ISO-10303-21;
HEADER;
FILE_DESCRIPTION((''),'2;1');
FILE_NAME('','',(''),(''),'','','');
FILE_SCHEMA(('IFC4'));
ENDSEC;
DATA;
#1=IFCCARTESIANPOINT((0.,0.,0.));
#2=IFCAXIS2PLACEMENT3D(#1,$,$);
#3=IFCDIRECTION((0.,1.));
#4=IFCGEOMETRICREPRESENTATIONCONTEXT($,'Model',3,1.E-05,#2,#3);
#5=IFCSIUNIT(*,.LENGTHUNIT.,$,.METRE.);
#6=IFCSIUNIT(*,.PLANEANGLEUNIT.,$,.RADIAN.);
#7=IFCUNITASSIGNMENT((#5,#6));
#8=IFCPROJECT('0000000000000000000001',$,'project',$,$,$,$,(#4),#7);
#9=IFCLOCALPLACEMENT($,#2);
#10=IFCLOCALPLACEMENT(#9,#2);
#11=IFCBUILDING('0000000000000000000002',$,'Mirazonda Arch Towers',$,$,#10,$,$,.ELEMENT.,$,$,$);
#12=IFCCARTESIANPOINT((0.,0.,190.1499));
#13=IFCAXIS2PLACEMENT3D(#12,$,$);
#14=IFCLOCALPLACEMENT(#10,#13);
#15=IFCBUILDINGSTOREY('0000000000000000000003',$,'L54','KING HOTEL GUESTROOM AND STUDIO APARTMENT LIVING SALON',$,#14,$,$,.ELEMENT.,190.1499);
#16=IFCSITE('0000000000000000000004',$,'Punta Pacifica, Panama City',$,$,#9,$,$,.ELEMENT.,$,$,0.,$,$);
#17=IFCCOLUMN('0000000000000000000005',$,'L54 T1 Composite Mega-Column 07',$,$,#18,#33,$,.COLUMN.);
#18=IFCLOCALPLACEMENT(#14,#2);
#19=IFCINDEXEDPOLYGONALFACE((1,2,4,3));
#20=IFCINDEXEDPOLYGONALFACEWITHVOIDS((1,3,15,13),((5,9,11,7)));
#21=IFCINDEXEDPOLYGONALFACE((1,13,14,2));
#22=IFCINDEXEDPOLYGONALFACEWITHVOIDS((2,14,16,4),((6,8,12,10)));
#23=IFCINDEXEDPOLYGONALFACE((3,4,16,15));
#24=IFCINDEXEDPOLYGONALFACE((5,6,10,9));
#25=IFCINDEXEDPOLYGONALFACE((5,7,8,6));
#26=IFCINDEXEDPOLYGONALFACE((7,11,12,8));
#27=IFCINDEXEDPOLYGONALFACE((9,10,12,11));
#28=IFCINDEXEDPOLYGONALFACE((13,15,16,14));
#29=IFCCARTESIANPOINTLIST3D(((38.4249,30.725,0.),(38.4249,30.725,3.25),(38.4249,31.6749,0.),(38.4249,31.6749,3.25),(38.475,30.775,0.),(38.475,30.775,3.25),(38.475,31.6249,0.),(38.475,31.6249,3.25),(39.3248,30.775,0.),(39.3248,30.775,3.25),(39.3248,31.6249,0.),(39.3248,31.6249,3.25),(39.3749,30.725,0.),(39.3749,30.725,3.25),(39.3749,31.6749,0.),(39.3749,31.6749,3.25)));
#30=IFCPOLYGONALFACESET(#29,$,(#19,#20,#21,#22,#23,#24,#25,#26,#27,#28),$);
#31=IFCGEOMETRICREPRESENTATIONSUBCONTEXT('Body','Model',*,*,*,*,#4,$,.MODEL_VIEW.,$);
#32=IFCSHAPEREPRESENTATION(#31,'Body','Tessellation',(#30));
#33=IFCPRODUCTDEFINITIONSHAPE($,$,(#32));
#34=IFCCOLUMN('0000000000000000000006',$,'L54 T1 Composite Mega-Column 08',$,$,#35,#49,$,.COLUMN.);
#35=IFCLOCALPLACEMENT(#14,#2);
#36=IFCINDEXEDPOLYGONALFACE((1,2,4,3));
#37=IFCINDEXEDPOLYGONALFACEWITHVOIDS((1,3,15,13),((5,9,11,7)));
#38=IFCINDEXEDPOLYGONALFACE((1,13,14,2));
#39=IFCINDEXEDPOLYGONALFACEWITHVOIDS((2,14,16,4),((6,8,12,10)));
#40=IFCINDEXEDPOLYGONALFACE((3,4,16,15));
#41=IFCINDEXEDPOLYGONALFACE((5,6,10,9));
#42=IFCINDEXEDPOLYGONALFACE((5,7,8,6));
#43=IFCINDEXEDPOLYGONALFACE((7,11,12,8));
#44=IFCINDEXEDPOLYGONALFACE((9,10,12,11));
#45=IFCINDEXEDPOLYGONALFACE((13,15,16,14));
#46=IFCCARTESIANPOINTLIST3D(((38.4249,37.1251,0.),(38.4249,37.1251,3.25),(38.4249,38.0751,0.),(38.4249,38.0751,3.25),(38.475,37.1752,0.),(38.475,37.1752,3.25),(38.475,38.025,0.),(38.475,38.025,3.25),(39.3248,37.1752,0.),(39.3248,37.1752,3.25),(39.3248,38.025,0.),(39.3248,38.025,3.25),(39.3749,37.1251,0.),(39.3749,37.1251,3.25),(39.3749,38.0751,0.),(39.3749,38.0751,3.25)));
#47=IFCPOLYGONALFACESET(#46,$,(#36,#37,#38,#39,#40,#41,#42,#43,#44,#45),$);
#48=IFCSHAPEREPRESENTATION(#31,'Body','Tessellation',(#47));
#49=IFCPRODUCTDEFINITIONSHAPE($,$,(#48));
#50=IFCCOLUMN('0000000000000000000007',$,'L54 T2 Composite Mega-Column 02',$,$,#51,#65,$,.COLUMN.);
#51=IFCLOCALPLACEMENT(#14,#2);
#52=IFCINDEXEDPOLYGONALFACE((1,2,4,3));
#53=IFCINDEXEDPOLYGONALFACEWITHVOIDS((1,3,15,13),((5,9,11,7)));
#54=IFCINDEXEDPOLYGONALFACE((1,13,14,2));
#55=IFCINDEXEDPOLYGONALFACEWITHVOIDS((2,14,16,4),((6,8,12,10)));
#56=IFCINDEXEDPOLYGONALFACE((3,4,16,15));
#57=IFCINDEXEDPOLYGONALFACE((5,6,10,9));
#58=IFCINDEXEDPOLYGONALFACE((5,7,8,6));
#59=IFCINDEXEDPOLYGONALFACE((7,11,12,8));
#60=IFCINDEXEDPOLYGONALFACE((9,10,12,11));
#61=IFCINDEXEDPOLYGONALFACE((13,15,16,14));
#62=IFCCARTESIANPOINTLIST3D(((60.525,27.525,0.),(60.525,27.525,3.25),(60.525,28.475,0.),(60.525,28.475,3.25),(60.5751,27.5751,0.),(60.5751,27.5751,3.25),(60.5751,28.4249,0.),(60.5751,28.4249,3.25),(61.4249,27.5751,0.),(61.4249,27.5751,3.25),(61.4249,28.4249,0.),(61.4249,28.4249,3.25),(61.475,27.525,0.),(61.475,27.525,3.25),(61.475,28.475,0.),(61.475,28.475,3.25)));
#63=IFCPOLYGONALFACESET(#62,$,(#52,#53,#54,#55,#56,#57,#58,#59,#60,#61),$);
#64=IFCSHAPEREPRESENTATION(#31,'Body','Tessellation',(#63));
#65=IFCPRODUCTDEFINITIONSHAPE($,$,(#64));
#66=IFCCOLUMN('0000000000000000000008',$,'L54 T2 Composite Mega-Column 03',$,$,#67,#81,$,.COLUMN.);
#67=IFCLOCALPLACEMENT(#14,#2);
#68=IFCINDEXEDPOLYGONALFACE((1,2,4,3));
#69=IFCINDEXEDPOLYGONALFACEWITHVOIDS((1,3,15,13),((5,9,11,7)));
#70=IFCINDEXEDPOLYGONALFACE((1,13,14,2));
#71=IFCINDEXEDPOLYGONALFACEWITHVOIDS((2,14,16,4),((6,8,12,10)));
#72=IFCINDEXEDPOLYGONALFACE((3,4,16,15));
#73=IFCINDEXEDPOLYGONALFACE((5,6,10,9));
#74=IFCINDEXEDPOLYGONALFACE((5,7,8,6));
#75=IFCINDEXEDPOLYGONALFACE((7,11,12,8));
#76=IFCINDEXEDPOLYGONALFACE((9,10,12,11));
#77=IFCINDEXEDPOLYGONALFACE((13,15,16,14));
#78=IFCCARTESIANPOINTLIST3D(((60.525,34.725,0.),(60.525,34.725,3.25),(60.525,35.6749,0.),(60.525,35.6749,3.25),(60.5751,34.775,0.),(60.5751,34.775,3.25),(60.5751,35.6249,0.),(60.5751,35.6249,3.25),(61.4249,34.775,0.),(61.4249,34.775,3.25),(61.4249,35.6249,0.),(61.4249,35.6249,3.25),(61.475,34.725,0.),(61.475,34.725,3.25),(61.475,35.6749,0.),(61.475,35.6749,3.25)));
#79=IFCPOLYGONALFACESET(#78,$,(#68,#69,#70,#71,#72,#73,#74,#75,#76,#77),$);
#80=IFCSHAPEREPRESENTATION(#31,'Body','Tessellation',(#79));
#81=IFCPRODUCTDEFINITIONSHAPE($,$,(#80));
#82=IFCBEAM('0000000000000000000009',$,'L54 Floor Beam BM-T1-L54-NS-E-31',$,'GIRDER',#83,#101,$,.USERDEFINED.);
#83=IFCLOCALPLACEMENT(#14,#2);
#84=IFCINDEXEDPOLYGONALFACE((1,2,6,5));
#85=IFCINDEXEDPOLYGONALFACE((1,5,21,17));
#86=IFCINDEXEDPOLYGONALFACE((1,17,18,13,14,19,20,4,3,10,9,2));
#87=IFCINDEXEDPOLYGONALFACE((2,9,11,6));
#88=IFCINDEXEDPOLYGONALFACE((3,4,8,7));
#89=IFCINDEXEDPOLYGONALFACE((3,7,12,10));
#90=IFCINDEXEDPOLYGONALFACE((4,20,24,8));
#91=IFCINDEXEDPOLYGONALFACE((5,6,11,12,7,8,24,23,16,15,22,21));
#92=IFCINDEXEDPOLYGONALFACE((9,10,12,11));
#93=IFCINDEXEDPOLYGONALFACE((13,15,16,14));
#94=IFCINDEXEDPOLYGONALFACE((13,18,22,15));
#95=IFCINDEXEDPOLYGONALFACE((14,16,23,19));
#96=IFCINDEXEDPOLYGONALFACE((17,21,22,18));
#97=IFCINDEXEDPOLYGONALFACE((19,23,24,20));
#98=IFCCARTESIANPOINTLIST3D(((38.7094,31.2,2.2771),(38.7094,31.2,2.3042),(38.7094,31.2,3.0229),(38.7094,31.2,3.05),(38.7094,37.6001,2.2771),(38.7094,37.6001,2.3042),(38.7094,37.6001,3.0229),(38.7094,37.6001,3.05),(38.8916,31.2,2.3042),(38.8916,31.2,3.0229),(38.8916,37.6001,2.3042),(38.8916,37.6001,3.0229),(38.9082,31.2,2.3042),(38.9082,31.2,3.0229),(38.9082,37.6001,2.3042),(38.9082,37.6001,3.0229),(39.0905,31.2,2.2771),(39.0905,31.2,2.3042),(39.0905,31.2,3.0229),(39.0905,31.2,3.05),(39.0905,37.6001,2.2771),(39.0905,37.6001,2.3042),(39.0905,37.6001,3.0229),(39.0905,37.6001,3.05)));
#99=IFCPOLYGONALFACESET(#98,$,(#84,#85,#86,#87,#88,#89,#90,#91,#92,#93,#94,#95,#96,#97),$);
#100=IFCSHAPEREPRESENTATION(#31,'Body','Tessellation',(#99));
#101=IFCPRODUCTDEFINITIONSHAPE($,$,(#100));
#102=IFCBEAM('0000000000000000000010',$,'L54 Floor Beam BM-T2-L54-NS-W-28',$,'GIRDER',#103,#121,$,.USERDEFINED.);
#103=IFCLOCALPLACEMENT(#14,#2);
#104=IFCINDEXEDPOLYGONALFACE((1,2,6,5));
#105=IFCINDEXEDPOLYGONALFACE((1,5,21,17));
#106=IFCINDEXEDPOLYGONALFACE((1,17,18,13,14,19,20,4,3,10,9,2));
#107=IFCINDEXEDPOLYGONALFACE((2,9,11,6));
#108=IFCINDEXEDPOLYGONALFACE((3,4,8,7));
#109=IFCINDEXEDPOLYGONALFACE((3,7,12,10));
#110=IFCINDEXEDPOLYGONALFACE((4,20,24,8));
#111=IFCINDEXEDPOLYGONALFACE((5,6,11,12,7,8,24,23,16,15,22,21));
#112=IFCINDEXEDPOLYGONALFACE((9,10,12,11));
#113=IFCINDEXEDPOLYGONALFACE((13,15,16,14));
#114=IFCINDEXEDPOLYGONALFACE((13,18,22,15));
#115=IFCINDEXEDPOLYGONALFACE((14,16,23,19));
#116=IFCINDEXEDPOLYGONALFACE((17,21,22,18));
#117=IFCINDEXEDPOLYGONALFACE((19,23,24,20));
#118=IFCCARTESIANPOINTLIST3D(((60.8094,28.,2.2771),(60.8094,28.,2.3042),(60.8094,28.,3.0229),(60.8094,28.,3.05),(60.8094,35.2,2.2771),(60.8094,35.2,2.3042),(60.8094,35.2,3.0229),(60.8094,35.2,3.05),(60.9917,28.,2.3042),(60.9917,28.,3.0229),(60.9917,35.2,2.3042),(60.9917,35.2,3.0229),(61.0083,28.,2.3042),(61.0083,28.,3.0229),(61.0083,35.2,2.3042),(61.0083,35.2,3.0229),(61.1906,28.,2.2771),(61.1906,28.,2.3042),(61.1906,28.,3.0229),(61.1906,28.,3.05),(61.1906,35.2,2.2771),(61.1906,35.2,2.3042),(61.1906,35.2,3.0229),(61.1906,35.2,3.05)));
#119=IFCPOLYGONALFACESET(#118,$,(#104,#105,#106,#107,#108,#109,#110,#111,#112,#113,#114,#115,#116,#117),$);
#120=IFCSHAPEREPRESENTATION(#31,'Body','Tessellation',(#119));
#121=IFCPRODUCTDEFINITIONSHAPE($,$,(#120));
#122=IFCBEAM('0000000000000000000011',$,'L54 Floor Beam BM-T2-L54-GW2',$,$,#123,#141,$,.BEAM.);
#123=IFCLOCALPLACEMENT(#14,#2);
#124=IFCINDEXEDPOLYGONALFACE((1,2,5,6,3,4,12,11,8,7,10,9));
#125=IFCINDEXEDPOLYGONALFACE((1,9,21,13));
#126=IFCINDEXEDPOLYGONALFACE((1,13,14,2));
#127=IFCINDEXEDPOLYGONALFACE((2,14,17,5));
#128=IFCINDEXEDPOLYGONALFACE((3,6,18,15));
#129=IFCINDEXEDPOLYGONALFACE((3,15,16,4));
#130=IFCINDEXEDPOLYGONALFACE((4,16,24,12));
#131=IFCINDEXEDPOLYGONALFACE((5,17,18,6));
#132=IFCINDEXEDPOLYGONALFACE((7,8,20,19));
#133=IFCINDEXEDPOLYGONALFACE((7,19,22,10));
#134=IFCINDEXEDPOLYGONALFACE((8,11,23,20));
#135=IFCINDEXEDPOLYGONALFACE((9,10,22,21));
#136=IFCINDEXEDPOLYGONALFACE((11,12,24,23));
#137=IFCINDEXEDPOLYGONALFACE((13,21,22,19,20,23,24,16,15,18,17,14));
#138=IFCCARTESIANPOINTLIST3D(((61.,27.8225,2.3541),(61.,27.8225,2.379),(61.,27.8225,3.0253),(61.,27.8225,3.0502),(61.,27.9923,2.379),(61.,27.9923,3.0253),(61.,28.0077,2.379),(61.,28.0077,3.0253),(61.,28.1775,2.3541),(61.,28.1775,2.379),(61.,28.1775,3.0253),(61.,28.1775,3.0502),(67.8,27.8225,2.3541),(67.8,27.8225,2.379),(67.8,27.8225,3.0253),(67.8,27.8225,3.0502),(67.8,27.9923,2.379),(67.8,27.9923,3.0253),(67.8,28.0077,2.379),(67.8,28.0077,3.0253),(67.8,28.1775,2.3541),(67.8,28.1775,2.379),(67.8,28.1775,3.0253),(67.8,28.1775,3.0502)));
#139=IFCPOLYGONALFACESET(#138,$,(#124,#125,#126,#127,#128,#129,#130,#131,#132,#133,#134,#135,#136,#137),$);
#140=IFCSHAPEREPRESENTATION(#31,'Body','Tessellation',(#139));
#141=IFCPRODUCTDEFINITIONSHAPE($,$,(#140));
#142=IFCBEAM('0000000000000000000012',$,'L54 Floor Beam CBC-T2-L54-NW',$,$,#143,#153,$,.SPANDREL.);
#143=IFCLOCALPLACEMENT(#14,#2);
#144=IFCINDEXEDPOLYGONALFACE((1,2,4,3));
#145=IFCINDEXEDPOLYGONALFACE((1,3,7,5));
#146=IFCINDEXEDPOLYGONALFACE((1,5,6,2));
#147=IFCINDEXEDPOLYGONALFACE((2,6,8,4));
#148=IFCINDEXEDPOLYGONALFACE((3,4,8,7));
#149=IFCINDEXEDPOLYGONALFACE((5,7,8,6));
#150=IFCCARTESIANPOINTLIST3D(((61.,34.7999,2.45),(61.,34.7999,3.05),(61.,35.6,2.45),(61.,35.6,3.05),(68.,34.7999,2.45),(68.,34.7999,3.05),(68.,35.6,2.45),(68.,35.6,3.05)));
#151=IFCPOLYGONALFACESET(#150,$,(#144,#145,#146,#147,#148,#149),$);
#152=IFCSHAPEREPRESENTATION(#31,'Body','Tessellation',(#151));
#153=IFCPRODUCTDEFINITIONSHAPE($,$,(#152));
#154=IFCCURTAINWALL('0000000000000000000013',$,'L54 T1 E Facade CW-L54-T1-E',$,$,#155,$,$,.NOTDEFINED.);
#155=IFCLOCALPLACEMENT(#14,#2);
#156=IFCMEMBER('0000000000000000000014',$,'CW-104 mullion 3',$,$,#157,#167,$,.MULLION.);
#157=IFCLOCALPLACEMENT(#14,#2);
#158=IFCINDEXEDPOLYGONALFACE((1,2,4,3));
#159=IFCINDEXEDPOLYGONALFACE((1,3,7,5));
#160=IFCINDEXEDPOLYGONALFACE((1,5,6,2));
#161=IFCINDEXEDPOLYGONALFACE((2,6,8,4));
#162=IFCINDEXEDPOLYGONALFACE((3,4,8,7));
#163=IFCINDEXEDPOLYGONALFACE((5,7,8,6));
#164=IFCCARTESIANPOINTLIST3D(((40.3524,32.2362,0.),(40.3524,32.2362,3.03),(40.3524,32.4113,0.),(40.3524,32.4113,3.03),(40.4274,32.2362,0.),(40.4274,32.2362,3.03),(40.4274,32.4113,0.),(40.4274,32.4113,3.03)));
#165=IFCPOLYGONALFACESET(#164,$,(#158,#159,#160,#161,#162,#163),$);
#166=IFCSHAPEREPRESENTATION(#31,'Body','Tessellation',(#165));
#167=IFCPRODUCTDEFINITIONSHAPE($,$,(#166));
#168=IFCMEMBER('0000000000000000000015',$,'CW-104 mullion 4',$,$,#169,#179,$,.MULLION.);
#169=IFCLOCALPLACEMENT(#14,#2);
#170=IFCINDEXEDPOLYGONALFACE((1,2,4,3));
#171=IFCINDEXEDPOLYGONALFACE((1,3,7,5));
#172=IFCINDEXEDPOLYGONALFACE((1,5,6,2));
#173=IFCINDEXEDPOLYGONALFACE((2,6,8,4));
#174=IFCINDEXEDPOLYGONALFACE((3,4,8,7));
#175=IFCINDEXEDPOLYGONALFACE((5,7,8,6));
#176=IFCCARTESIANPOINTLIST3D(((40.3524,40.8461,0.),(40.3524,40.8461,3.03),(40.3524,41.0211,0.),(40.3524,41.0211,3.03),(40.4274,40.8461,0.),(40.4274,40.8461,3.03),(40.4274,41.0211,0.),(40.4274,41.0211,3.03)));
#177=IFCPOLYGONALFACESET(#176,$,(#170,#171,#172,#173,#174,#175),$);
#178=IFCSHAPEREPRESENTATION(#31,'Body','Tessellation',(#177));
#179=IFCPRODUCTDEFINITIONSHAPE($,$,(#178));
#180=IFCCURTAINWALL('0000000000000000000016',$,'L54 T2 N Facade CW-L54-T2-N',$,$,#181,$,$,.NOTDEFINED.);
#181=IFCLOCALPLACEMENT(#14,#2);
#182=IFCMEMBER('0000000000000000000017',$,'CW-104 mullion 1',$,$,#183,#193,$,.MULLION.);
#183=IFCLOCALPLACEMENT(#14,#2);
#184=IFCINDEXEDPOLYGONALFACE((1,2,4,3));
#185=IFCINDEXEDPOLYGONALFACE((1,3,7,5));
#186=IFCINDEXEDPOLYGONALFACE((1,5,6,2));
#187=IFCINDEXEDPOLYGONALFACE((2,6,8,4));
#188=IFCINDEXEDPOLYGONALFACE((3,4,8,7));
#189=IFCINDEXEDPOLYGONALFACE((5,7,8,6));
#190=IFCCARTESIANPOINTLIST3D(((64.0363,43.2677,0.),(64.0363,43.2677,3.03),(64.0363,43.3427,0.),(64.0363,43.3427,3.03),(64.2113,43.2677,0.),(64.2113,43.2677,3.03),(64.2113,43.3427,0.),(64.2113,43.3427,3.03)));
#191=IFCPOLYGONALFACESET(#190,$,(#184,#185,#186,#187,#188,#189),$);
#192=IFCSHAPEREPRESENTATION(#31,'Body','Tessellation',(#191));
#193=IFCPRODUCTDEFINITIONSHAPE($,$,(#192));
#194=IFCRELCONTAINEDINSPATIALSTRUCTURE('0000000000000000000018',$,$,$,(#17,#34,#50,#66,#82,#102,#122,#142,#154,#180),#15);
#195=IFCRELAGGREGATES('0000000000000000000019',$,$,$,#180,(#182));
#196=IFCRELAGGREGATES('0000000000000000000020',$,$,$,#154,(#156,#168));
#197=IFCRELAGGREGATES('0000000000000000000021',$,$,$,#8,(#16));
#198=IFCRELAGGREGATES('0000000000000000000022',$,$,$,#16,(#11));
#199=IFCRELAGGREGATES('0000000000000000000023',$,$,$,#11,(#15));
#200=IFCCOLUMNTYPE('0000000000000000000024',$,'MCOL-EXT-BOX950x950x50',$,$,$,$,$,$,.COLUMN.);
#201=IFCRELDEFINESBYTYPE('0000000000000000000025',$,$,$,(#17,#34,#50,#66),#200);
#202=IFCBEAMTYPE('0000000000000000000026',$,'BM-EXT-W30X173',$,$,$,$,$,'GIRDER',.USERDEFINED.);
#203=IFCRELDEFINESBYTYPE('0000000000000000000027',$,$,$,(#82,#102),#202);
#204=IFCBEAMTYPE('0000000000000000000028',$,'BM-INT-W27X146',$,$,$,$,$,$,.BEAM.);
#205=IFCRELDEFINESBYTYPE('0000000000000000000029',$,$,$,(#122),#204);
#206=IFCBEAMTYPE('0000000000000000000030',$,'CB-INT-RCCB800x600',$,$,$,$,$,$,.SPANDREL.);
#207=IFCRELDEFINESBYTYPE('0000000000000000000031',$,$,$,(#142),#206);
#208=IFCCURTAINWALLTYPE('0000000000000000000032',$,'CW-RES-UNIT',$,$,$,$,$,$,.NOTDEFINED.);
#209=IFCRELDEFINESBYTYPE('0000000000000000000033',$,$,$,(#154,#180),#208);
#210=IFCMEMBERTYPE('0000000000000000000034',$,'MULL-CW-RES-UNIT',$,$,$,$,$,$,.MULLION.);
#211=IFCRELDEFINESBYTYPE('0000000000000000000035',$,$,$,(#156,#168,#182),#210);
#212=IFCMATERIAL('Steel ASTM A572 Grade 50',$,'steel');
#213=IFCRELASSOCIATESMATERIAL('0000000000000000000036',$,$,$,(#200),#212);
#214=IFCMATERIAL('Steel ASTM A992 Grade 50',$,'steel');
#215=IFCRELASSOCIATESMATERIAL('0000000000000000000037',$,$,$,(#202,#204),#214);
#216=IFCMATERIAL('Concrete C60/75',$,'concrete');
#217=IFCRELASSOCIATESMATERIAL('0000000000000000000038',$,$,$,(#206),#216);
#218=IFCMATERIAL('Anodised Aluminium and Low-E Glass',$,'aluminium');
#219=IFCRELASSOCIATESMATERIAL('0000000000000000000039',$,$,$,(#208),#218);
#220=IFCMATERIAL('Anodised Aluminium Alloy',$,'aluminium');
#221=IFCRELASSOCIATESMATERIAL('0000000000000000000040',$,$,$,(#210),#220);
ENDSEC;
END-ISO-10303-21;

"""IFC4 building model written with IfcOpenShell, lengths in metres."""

from ifc_helpers import new_model, si_unit, direction, frame, origin, origin_2d, place, context, subcontext, project, spatial, rectangle, hollow_rectangle, i_section, extrude, material, material_profile, profile_set, type_object, element, aggregate, save


model = new_model("IFC4")

# Units and contexts
model_context = context("Model", 3, precision=1e-05, world=origin(), true_north=direction((0.0, 1.0)))
body_context = subcontext(model_context, "Body", "Model", "MODEL_VIEW")
ifc_project = project(units=[si_unit("LENGTHUNIT", "METRE"), si_unit("PLANEANGLEUNIT", "RADIAN")], contexts=[model_context])

# Site, building, storey
site_placement = place(None, origin())
site = spatial("IfcSite", under=ifc_project, at=site_placement, Name="Punta Pacifica, Panama City", CompositionType="ELEMENT", RefElevation=0.0)
building_placement = place(site_placement, origin())
building = spatial("IfcBuilding", under=site, at=building_placement, Name="Mirazonda Arch Towers", CompositionType="ELEMENT")
storey_placement = place(building_placement, frame((0.0, 0.0, 190.1499)))
storey = spatial("IfcBuildingStorey", under=building, at=storey_placement, Name="L54", Description="KING HOTEL GUESTROOM AND STUDIO APARTMENT LIVING SALON", CompositionType="ELEMENT", Elevation=190.1499)

# Columns
ifc_material_1 = material(Name="Steel ASTM A572 Grade 50", Category="steel")
ifc_material_profile_1 = material_profile(ifc_material_1, hollow_rectangle(XDim=0.95, YDim=0.95, WallThickness=0.05, at=origin_2d()), Name="BOX950x950x50")
ifc_profile_set_1 = profile_set([ifc_material_profile_1], Name="Steel ASTM A572 Grade 50")
column_type = type_object("IfcColumnType", Name="MCOL-EXT-BOX950x950x50", PredefinedType="COLUMN", material=ifc_profile_set_1)
for number, where, z_axis, x_axis, name in (
    (1, (38.8999, 31.2, 0.0), (0.0, 0.0, 1.0), (1.0, 0.0, 0.0), "L54 T1 Composite Mega-Column 07"),
    (2, (38.8999, 37.6001, 0.0), (0.0, 0.0, 1.0), (1.0, 0.0, 0.0), "L54 T1 Composite Mega-Column 08"),
    (3, (61.0, 28.0, 0.0), (0.0, 0.0, 1.0), (1.0, 0.0, 0.0), "L54 T2 Composite Mega-Column 02"),
    (4, (61.0, 35.2, 0.0), (0.0, 0.0, 1.0), (1.0, 0.0, 0.0), "L54 T2 Composite Mega-Column 03"),
):
    element("IfcColumn", number, at=place(storey_placement, frame(where, z_axis=z_axis, x_axis=x_axis)), inside=storey, type_object=column_type, Name=name, PredefinedType="COLUMN", context=body_context, shape_type="SweptSolid", body=[
        extrude(hollow_rectangle(XDim=0.95, YDim=0.95, WallThickness=0.05, at=origin_2d()), origin(), (0.0, 0.0, 1.0), 3.25),
    ])

# Beams
ifc_material_2 = material(Name="Steel ASTM A992 Grade 50", Category="steel")
ifc_material_profile_2 = material_profile(ifc_material_2, i_section(OverallWidth=0.3811, OverallDepth=0.7729, WebThickness=0.0166, FlangeThickness=0.0271, at=origin_2d()), Name="W30X173")
ifc_profile_set_2 = profile_set([ifc_material_profile_2], Name="Steel ASTM A992 Grade 50")
beam_type_1 = type_object("IfcBeamType", Name="BM-EXT-W30X173", ElementType="GIRDER", PredefinedType="USERDEFINED", material=ifc_profile_set_2)
beam_1_placement = place(storey_placement, frame((38.8999, 31.2, 2.6636), z_axis=(0.0, 1.0, 0.0), x_axis=(-1.0, 0.0, 0.0)))
element("IfcBeam", 5, at=beam_1_placement, inside=storey, type_object=beam_type_1, Name="L54 Floor Beam BM-T1-L54-NS-E-31", ObjectType="GIRDER", PredefinedType="USERDEFINED", context=body_context, shape_type="SweptSolid", body=[
    extrude(i_section(OverallWidth=0.3811, OverallDepth=0.7729, WebThickness=0.0166, FlangeThickness=0.0271, at=origin_2d()), origin(), (0.0, 0.0, 1.0), 6.4001),
])
beam_2_placement = place(storey_placement, frame((61.0, 28.0, 2.6636), z_axis=(0.0, 1.0, 0.0), x_axis=(-1.0, 0.0, 0.0)))
element("IfcBeam", 6, at=beam_2_placement, inside=storey, type_object=beam_type_1, Name="L54 Floor Beam BM-T2-L54-NS-W-28", ObjectType="GIRDER", PredefinedType="USERDEFINED", context=body_context, shape_type="SweptSolid", body=[
    extrude(i_section(OverallWidth=0.3811, OverallDepth=0.7729, WebThickness=0.0166, FlangeThickness=0.0271, at=origin_2d()), origin(), (0.0, 0.0, 1.0), 7.2),
])
ifc_material_profile_3 = material_profile(ifc_material_2, i_section(OverallWidth=0.355, OverallDepth=0.696, WebThickness=0.0154, FlangeThickness=0.0249, at=origin_2d()), Name="W27X146")
ifc_profile_set_3 = profile_set([ifc_material_profile_3], Name="Steel ASTM A992 Grade 50")
beam_type_2 = type_object("IfcBeamType", Name="BM-INT-W27X146", PredefinedType="BEAM", material=ifc_profile_set_3)
beam_3_placement = place(storey_placement, frame((61.0, 28.0, 2.7021), z_axis=(1.0, 0.0, 0.0), x_axis=(0.0, 1.0, 0.0)))
element("IfcBeam", 7, at=beam_3_placement, inside=storey, type_object=beam_type_2, Name="L54 Floor Beam BM-T2-L54-GW2", PredefinedType="BEAM", context=body_context, shape_type="SweptSolid", body=[
    extrude(i_section(OverallWidth=0.355, OverallDepth=0.696, WebThickness=0.0154, FlangeThickness=0.0249, at=origin_2d()), origin(), (0.0, 0.0, 1.0), 6.8),
])
ifc_material_3 = material(Name="Concrete C60/75", Category="concrete")
ifc_material_profile_4 = material_profile(ifc_material_3, rectangle(XDim=0.8, YDim=0.6001, at=origin_2d()), Name="RCCB800x600")
ifc_profile_set_4 = profile_set([ifc_material_profile_4], Name="Concrete C60/75")
beam_type_3 = type_object("IfcBeamType", Name="CB-INT-RCCB800x600", PredefinedType="SPANDREL", material=ifc_profile_set_4)
beam_4_placement = place(storey_placement, frame((61.0, 35.2, 2.75), z_axis=(1.0, 0.0, 0.0), x_axis=(0.0, 1.0, 0.0)))
element("IfcBeam", 8, at=beam_4_placement, inside=storey, type_object=beam_type_3, Name="L54 Floor Beam CBC-T2-L54-NW", PredefinedType="SPANDREL", context=body_context, shape_type="SweptSolid", body=[
    extrude(rectangle(XDim=0.8, YDim=0.6001, at=origin_2d()), origin(), (0.0, 0.0, 1.0), 7.0),
])

# Curtain wall, members
ifc_material_4 = material(Name="Anodised Aluminium and Low-E Glass", Category="aluminium")
curtain_wall_type = type_object("IfcCurtainWallType", Name="CW-RES-UNIT", PredefinedType="NOTDEFINED", material=ifc_material_4)
curtain_wall_1_placement = place(storey_placement, origin())
curtain_wall_1 = element("IfcCurtainWall", 9, at=curtain_wall_1_placement, inside=storey, type_object=curtain_wall_type, Name="L54 T1 E Facade CW-L54-T1-E", PredefinedType="NOTDEFINED")
ifc_material_5 = material(Name="Anodised Aluminium Alloy", Category="aluminium")
ifc_material_profile_5 = material_profile(ifc_material_5, rectangle(XDim=0.075, YDim=0.175, at=origin_2d()), Name="ALU-MULL-75x175")
ifc_profile_set_5 = profile_set([ifc_material_profile_5], Name="Anodised Aluminium Alloy")
member_type_1 = type_object("IfcMemberType", Name="MULL-CW-RES-UNIT", PredefinedType="MULLION", material=ifc_profile_set_5)
member_1_placement = place(storey_placement, frame((40.3899, 32.3237, 0.0), z_axis=(0.0, 0.0, 1.0), x_axis=(-1.0, 0.0, 0.0)))
member_1 = element("IfcMember", 10, at=member_1_placement, type_object=member_type_1, Name="CW-104 mullion 3", PredefinedType="MULLION", context=body_context, shape_type="SweptSolid", body=[
    extrude(rectangle(XDim=0.075, YDim=0.175, at=origin_2d()), origin(), (0.0, 0.0, 1.0), 3.03),
])
member_2_placement = place(storey_placement, frame((40.3899, 40.9336, 0.0), z_axis=(0.0, 0.0, 1.0), x_axis=(-1.0, 0.0, 0.0)))
member_2 = element("IfcMember", 11, at=member_2_placement, type_object=member_type_1, Name="CW-104 mullion 4", PredefinedType="MULLION", context=body_context, shape_type="SweptSolid", body=[
    extrude(rectangle(XDim=0.075, YDim=0.175, at=origin_2d()), origin(), (0.0, 0.0, 1.0), 3.03),
])

# Curtain wall, member
curtain_wall_2_placement = place(storey_placement, origin())
curtain_wall_2 = element("IfcCurtainWall", 12, at=curtain_wall_2_placement, inside=storey, type_object=curtain_wall_type, Name="L54 T2 N Facade CW-L54-T2-N", PredefinedType="NOTDEFINED")
member_3_placement = place(storey_placement, frame((64.1238, 43.3052, 0.0), z_axis=(0.0, 0.0, 1.0), x_axis=(0.0, 1.0, 0.0)))
member_3 = element("IfcMember", 13, at=member_3_placement, type_object=member_type_1, Name="CW-104 mullion 1", PredefinedType="MULLION", context=body_context, shape_type="SweptSolid", body=[
    extrude(rectangle(XDim=0.075, YDim=0.175, at=origin_2d()), origin(), (0.0, 0.0, 1.0), 3.03),
])
aggregate(curtain_wall_2, [member_3])

aggregate(curtain_wall_1, [member_1, member_2])

save(model, "model.ifc")
